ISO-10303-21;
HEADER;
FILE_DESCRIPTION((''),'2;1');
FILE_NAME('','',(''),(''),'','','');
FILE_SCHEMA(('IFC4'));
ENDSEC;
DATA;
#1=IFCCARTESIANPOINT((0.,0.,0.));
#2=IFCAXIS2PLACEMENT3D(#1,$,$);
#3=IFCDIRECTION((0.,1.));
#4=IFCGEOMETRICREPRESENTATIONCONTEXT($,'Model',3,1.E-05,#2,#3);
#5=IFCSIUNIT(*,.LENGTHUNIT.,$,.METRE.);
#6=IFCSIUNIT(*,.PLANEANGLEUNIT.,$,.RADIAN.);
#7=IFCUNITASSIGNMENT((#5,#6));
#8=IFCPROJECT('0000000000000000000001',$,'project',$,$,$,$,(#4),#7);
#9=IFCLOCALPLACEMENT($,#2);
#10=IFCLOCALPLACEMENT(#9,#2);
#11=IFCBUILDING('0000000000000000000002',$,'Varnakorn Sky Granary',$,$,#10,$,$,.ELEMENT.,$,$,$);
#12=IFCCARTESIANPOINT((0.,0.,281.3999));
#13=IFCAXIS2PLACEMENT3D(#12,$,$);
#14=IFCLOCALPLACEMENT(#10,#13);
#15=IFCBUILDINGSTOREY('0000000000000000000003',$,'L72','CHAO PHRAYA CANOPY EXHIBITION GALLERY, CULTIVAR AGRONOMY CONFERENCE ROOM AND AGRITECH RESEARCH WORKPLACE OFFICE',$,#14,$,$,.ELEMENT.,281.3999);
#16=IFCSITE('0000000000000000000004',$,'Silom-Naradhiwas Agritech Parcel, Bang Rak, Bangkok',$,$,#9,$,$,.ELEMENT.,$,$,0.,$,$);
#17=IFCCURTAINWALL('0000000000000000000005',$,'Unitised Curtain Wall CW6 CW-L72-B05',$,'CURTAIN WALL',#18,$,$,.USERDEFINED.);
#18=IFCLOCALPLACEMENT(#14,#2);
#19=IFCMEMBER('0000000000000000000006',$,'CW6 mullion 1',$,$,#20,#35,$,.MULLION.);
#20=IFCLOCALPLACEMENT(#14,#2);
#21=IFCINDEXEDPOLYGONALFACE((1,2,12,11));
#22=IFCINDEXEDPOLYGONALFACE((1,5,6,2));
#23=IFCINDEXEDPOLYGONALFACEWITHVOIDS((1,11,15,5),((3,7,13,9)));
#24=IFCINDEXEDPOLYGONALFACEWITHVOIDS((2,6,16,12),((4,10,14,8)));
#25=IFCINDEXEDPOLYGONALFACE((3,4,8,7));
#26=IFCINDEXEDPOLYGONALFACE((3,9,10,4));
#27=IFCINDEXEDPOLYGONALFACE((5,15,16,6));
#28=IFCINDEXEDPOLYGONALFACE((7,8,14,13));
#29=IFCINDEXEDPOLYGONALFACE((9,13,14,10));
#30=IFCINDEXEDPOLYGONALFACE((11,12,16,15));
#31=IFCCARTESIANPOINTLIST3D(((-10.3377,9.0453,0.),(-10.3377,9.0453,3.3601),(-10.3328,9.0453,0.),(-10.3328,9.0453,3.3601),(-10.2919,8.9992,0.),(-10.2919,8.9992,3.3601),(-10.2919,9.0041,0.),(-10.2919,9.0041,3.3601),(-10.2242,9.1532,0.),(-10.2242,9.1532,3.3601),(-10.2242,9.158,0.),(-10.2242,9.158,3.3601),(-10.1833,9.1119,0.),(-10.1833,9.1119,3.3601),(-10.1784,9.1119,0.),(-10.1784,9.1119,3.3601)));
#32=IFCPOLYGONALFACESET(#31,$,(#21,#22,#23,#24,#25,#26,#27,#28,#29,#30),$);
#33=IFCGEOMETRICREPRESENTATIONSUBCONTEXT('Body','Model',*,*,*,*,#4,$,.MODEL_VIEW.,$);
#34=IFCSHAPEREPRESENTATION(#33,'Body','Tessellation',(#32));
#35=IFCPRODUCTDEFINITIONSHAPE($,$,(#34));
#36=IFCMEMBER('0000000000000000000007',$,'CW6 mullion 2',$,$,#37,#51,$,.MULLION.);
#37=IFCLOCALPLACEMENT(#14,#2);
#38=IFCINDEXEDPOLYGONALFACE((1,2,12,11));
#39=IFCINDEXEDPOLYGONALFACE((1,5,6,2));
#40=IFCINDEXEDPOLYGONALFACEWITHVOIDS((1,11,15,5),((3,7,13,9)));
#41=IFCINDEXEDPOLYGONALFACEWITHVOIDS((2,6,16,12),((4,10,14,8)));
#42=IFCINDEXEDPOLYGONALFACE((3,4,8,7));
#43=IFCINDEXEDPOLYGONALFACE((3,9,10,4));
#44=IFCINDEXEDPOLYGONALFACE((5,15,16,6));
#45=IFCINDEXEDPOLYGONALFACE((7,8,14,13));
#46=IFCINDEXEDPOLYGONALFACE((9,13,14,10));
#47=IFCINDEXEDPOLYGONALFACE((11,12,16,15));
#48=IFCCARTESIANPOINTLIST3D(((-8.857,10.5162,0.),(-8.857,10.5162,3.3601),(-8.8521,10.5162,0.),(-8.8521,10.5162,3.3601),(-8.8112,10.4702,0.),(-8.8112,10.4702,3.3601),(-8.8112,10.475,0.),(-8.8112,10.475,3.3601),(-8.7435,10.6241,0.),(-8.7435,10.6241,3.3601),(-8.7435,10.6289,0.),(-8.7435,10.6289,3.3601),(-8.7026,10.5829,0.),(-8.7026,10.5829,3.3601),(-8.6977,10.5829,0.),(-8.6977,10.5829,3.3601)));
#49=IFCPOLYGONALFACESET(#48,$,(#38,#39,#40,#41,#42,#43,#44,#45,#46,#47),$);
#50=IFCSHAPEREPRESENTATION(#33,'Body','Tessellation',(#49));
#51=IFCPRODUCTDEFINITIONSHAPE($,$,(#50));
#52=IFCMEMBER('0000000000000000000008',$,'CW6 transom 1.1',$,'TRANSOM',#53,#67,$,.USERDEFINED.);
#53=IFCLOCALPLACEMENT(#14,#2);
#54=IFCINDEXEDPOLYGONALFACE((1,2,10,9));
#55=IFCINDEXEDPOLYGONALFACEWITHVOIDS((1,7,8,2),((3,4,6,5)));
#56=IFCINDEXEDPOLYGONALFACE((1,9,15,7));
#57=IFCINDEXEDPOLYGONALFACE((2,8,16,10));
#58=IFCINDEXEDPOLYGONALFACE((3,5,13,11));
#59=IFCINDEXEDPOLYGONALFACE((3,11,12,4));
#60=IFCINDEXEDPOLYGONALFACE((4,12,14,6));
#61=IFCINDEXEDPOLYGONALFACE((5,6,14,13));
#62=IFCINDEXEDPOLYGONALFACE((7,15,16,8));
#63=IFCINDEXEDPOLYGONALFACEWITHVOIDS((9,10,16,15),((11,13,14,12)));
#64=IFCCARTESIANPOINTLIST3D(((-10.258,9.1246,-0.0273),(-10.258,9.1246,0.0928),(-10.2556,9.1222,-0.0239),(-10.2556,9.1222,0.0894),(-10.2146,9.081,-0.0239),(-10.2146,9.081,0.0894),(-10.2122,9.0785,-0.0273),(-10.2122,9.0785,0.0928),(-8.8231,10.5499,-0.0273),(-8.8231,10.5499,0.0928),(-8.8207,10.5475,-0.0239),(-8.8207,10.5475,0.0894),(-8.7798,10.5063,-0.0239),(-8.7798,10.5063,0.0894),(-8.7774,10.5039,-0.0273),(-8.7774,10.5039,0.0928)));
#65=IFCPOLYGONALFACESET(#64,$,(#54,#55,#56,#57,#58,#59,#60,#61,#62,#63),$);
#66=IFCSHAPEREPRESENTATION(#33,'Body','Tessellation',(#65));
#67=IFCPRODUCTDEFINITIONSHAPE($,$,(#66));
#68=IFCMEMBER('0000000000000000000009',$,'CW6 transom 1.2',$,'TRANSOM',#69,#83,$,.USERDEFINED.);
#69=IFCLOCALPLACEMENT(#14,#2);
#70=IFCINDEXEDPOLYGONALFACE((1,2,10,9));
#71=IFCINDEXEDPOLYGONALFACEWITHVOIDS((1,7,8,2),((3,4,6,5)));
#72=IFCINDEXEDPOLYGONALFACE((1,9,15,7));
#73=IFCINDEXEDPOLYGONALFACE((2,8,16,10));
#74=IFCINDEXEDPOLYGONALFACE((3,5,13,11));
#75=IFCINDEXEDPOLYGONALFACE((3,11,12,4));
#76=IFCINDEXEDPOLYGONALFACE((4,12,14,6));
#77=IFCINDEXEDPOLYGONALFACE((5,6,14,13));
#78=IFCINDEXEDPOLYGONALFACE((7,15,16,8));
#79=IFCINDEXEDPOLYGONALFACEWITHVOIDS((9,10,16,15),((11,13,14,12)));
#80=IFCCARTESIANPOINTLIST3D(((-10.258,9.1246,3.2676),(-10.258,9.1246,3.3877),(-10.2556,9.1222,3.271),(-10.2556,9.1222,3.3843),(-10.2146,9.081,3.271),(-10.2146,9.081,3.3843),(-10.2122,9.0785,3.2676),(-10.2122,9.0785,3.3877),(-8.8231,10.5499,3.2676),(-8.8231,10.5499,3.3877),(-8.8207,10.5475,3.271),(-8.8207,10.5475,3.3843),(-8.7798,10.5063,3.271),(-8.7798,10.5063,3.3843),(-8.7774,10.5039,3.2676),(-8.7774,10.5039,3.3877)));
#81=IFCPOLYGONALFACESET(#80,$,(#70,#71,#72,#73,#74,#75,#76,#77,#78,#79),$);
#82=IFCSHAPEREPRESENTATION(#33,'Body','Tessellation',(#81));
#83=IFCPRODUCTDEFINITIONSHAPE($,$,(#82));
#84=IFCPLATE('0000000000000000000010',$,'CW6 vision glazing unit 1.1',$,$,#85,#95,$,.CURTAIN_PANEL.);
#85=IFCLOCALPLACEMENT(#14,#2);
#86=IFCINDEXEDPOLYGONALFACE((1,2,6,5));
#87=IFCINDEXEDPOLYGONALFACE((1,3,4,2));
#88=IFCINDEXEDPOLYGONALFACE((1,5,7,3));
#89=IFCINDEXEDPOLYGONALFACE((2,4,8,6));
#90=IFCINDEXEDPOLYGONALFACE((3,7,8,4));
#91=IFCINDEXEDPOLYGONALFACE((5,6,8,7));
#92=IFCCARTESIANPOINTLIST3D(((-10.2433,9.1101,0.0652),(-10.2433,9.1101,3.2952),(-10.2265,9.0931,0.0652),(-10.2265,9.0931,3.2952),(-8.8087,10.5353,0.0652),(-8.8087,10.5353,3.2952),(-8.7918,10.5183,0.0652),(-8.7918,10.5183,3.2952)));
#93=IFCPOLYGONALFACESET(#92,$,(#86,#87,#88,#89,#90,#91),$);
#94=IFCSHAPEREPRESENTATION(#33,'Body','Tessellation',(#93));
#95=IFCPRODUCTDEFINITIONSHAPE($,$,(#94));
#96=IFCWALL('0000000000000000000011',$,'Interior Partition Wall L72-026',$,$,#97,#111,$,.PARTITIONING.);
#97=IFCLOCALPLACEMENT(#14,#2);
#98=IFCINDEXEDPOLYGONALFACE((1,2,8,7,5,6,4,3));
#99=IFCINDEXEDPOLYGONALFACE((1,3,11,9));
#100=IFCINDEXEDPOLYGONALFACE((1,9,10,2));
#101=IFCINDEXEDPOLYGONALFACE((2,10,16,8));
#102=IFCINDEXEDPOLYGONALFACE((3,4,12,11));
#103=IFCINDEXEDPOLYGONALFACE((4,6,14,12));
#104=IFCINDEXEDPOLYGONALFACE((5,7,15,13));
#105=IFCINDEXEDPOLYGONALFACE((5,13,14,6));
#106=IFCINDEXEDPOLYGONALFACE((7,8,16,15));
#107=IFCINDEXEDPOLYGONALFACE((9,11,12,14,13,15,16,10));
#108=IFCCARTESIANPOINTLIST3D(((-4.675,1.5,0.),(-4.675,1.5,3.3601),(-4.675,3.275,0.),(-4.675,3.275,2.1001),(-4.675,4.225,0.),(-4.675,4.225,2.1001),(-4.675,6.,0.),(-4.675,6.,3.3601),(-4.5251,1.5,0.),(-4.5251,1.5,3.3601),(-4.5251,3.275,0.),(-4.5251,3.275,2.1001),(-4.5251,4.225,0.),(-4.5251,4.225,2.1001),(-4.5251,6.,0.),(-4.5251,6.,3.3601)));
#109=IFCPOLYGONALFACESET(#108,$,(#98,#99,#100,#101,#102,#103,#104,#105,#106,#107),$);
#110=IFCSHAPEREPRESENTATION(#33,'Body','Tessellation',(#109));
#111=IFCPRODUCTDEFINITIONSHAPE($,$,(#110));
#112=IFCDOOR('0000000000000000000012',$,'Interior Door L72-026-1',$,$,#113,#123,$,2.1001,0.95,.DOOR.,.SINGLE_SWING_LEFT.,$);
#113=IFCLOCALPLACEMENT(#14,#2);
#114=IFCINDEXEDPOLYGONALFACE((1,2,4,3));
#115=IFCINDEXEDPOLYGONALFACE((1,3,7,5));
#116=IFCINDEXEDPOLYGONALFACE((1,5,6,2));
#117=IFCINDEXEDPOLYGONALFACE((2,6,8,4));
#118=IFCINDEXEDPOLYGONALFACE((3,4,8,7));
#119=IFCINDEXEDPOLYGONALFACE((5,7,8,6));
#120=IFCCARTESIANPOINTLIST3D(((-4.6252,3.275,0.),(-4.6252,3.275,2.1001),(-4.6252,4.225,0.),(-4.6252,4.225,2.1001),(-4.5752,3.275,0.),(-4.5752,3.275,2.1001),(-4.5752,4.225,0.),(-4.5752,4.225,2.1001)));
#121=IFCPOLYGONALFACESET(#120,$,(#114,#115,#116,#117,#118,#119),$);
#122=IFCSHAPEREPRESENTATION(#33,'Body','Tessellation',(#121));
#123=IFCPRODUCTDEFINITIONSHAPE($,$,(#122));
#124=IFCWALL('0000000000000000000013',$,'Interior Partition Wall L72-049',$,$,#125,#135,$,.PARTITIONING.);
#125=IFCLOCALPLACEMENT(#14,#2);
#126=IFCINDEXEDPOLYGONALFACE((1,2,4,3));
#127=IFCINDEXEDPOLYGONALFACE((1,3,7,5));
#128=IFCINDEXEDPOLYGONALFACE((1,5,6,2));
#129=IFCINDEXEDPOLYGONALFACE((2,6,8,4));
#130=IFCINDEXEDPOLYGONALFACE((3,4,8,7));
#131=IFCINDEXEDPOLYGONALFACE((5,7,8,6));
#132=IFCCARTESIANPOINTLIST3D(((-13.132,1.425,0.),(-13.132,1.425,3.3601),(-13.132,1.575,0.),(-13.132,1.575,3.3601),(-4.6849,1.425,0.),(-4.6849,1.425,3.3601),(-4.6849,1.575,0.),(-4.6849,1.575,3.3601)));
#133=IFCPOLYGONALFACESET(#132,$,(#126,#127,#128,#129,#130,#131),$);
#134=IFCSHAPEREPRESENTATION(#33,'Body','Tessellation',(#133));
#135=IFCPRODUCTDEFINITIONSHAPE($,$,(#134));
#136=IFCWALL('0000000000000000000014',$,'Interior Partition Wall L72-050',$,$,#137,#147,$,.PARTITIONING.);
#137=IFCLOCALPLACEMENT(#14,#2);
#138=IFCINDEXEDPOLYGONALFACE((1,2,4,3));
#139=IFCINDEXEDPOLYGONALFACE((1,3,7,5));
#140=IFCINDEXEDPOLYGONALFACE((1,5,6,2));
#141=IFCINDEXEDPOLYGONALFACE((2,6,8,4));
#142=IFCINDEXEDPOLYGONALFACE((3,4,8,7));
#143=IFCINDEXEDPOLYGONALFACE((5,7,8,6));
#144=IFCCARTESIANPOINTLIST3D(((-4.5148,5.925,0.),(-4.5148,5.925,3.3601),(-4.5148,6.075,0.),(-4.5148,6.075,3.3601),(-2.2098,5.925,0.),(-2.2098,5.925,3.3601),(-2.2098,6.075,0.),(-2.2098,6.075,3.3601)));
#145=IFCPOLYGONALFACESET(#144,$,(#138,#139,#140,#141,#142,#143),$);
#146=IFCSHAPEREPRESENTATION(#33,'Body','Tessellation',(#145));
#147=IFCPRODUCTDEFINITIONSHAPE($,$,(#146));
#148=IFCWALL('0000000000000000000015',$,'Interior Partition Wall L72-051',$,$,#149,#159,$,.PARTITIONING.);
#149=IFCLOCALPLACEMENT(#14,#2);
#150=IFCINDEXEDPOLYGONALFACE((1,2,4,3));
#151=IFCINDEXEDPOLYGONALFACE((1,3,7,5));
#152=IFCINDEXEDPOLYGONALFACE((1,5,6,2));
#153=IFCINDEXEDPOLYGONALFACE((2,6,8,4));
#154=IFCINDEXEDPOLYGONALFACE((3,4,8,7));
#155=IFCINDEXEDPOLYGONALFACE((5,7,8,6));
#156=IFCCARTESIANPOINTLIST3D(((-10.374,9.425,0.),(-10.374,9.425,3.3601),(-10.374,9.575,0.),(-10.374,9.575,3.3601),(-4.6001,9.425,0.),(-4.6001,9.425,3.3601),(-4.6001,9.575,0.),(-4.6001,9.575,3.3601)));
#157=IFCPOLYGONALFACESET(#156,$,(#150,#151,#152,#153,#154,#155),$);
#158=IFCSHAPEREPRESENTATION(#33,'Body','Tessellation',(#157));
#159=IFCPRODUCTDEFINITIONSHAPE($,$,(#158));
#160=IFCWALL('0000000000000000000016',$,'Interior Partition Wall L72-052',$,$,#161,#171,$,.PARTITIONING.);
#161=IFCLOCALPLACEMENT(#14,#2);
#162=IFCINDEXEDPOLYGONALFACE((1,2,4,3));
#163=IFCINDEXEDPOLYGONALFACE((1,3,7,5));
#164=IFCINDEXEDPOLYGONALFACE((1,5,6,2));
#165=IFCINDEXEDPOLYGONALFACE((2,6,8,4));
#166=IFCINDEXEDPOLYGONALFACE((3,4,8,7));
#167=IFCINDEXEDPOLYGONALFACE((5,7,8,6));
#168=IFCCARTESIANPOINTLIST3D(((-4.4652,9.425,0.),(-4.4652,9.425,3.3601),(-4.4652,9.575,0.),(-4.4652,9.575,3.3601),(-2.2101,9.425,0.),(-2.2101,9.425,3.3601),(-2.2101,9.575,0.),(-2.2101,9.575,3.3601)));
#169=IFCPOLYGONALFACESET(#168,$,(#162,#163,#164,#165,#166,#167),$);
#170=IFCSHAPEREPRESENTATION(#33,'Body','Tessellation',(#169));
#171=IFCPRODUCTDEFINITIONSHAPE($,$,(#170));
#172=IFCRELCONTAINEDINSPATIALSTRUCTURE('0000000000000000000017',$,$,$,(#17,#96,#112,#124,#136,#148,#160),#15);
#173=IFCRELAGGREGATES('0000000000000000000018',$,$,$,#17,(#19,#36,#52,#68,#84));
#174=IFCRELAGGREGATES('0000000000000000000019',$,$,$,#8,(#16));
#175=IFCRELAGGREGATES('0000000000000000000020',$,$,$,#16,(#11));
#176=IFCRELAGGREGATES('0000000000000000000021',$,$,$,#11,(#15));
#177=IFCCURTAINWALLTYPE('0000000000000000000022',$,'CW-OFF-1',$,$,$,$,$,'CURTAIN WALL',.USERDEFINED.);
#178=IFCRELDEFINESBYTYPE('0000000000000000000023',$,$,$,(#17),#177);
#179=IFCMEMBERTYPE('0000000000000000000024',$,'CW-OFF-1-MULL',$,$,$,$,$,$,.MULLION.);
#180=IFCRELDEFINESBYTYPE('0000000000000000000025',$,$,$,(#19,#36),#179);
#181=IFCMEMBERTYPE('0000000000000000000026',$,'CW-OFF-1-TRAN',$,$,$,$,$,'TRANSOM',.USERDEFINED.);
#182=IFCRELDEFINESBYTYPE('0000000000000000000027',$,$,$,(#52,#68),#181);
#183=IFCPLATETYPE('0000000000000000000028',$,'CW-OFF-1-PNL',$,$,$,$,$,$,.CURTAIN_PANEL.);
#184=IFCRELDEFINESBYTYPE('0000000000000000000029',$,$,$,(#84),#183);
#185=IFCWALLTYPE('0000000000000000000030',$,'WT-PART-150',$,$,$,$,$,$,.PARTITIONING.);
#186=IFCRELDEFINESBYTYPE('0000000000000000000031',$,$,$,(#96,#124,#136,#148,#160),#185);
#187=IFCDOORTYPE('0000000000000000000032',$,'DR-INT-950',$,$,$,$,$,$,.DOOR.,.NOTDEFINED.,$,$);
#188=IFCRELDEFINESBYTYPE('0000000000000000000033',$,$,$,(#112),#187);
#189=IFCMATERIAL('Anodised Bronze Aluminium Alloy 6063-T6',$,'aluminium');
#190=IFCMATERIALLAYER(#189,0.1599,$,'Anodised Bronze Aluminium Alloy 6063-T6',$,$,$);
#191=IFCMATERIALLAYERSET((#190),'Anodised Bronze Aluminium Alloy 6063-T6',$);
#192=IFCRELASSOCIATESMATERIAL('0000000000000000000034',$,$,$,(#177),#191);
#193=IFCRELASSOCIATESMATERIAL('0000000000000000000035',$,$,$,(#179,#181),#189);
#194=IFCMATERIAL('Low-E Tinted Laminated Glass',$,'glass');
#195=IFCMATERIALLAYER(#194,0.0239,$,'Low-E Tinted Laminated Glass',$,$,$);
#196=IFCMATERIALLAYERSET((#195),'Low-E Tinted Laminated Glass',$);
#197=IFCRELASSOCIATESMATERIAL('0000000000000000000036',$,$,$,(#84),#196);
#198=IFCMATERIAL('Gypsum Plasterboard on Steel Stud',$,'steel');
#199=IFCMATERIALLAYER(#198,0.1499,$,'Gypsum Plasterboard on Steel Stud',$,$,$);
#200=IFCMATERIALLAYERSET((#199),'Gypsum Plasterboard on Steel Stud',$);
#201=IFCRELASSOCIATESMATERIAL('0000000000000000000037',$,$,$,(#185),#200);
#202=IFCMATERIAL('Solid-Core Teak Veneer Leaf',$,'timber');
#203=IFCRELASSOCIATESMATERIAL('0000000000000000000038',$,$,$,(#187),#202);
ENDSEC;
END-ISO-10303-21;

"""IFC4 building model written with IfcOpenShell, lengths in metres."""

from ifc_helpers import new_model, si_unit, direction, frame, frame_2d, origin, origin_2d, place, context, subcontext, project, spatial, rectangle, hollow_rectangle, extrude, source, transform, mapped, material, layer, layer_set, material_profile, profile_set, type_object, type_shapes, element, fill, aggregate, save


model = new_model("IFC4")

# Units and contexts
model_context = context("Model", 3, precision=1e-05, world=origin(), true_north=direction((0.0, 1.0)))
body_context = subcontext(model_context, "Body", "Model", "MODEL_VIEW")
ifc_project = project(units=[si_unit("LENGTHUNIT", "METRE"), si_unit("PLANEANGLEUNIT", "RADIAN")], contexts=[model_context])

# Site, building, storey
site_placement = place(None, origin())
site = spatial("IfcSite", under=ifc_project, at=site_placement, Name="Silom-Naradhiwas Agritech Parcel, Bang Rak, Bangkok", CompositionType="ELEMENT", RefElevation=0.0)
building_placement = place(site_placement, origin())
building = spatial("IfcBuilding", under=site, at=building_placement, Name="Varnakorn Sky Granary", CompositionType="ELEMENT")
storey_placement = place(building_placement, frame((0.0, 0.0, 281.3999)))
storey = spatial("IfcBuildingStorey", under=building, at=storey_placement, Name="L72", Description="CHAO PHRAYA CANOPY EXHIBITION GALLERY, CULTIVAR AGRONOMY CONFERENCE ROOM AND AGRITECH RESEARCH WORKPLACE OFFICE", CompositionType="ELEMENT", Elevation=281.3999)

# Curtain wall, members, plate
ifc_material_1 = material(Name="Anodised Bronze Aluminium Alloy 6063-T6", Category="aluminium")
ifc_layer_1 = layer(ifc_material_1, 0.1599, Name="Anodised Bronze Aluminium Alloy 6063-T6")
ifc_layer_set_1 = layer_set([ifc_layer_1], Name="Anodised Bronze Aluminium Alloy 6063-T6")
curtain_wall_type = type_object("IfcCurtainWallType", Name="CW-OFF-1", ElementType="CURTAIN WALL", PredefinedType="USERDEFINED", material=ifc_layer_set_1)
curtain_wall_placement = place(storey_placement, origin())
curtain_wall = element("IfcCurtainWall", 1, at=curtain_wall_placement, inside=storey, type_object=curtain_wall_type, Name="Unitised Curtain Wall CW6 CW-L72-B05", ObjectType="CURTAIN WALL", PredefinedType="USERDEFINED")
ifc_material_profile_1 = material_profile(ifc_material_1, hollow_rectangle(XDim=0.0649, YDim=0.1599, WallThickness=0.0034, at=origin_2d()), Name="ALU MULL 65x160")
ifc_profile_set_1 = profile_set([ifc_material_profile_1], Name="Anodised Bronze Aluminium Alloy 6063-T6")
member_type_1 = type_object("IfcMemberType", Name="CW-OFF-1-MULL", PredefinedType="MULLION", material=ifc_profile_set_1)
member_1_placement = place(storey_placement, frame((-10.2581, 9.0786, 0.0), z_axis=(0.0, 0.0, 1.0), x_axis=(-0.704762, 0.709444, 0.0)))
member_1 = element("IfcMember", 2, at=member_1_placement, type_object=member_type_1, Name="CW6 mullion 1", PredefinedType="MULLION", context=body_context, shape_type="SweptSolid", body=[
    extrude(hollow_rectangle(XDim=0.0649, YDim=0.1599, WallThickness=0.0034, at=origin_2d()), origin(), (0.0, 0.0, 1.0), 3.3601),
])
member_2_placement = place(storey_placement, frame((-8.7773, 10.5496, 0.0), z_axis=(0.0, 0.0, 1.0), x_axis=(-0.704762, 0.709444, 0.0)))
member_2 = element("IfcMember", 3, at=member_2_placement, type_object=member_type_1, Name="CW6 mullion 2", PredefinedType="MULLION", context=body_context, shape_type="SweptSolid", body=[
    extrude(hollow_rectangle(XDim=0.0649, YDim=0.1599, WallThickness=0.0034, at=origin_2d()), origin(), (0.0, 0.0, 1.0), 3.3601),
])
ifc_material_profile_2 = material_profile(ifc_material_1, hollow_rectangle(XDim=0.0649, YDim=0.1201, WallThickness=0.0034, at=origin_2d()), Name="ALU TRAN 65x120")
ifc_profile_set_2 = profile_set([ifc_material_profile_2], Name="Anodised Bronze Aluminium Alloy 6063-T6")
member_type_2 = type_object("IfcMemberType", Name="CW-OFF-1-TRAN", ElementType="TRANSOM", PredefinedType="USERDEFINED", material=ifc_profile_set_2)
member_3_placement = place(storey_placement, frame((-10.2351, 9.1016, 0.0327), z_axis=(0.709457, 0.704749, 0.0), x_axis=(-0.704749, 0.709457, 0.0)))
member_3 = element("IfcMember", 4, at=member_3_placement, type_object=member_type_2, Name="CW6 transom 1.1", ObjectType="TRANSOM", PredefinedType="USERDEFINED", context=body_context, shape_type="SweptSolid", body=[
    extrude(hollow_rectangle(XDim=0.0649, YDim=0.1201, WallThickness=0.0034, at=origin_2d()), origin(), (0.0, 0.0, 1.0), 2.0225),
])
member_4_placement = place(storey_placement, frame((-10.2351, 9.1016, 3.3276), z_axis=(0.709457, 0.704749, 0.0), x_axis=(-0.704749, 0.709457, 0.0)))
member_4 = element("IfcMember", 5, at=member_4_placement, type_object=member_type_2, Name="CW6 transom 1.2", ObjectType="TRANSOM", PredefinedType="USERDEFINED", context=body_context, shape_type="SweptSolid", body=[
    extrude(hollow_rectangle(XDim=0.0649, YDim=0.1201, WallThickness=0.0034, at=origin_2d()), origin(), (0.0, 0.0, 1.0), 2.0225),
])
ifc_material_2 = material(Name="Low-E Tinted Laminated Glass", Category="glass")
ifc_layer_2 = layer(ifc_material_2, 0.0239, Name="Low-E Tinted Laminated Glass")
ifc_layer_set_2 = layer_set([ifc_layer_2], Name="Low-E Tinted Laminated Glass")
plate_type = type_object("IfcPlateType", Name="CW-OFF-1-PNL", PredefinedType="CURTAIN_PANEL")
shared_shape_1 = source(origin(), body_context, "Body", "SweptSolid", [
    extrude(rectangle(XDim=2.0222, YDim=0.0239, at=origin_2d()), origin(), (0.0, 0.0, 1.0), 3.23),
])
type_shapes(plate_type, [shared_shape_1])
plate_placement = place(storey_placement, frame((-9.5176, 9.8142, 0.0652), z_axis=(0.0, 0.0, 1.0), x_axis=(0.709444, 0.704762, 0.0)))
plate = element("IfcPlate", 6, at=plate_placement, type_object=plate_type, material=ifc_layer_set_2, Name="CW6 vision glazing unit 1.1", PredefinedType="CURTAIN_PANEL", context=body_context, shape_type="MappedRepresentation", body=[
    mapped(shared_shape_1, transform((0.0, 0.0, 0.0), x_axis=(1.0, 0.0, 0.0), y_axis=(0.0, 1.0, 0.0), z_axis=(0.0, 0.0, 1.0), scale=1.0)),
])
aggregate(curtain_wall, [member_1, member_2, member_3, member_4, plate])

# Wall, opening, door
ifc_material_3 = material(Name="Gypsum Plasterboard on Steel Stud", Category="steel")
ifc_layer_3 = layer(ifc_material_3, 0.1499, Name="Gypsum Plasterboard on Steel Stud")
ifc_layer_set_3 = layer_set([ifc_layer_3], Name="Gypsum Plasterboard on Steel Stud")
wall_type_1 = type_object("IfcWallType", Name="WT-PART-150", PredefinedType="PARTITIONING", material=ifc_layer_set_3)
wall_1_placement = place(storey_placement, frame((-4.6001, 6.0, 0.0), z_axis=(0.0, 0.0, 1.0), x_axis=(0.0, -1.0, 0.0)))
wall_1 = element("IfcWall", 7, at=wall_1_placement, inside=storey, type_object=wall_type_1, Name="Interior Partition Wall L72-026", PredefinedType="PARTITIONING", context=body_context, shape_type="SweptSolid", body=[
    extrude(rectangle(XDim=4.5, YDim=0.1499, at=frame_2d((2.25, 0.0))), origin(), (0.0, 0.0, 1.0), 3.3601),
])
opening_placement = place(wall_1_placement, frame((1.7749, 0.0, 0.0)))
opening = element("IfcOpeningElement", 8, at=opening_placement, cuts=wall_1, PredefinedType="OPENING", context=body_context, shape_type="SweptSolid", body=[
    extrude(rectangle(XDim=0.95, YDim=2.1001, at=frame_2d((0.4751, 1.05))), frame((0.0, 0.085, 0.0), z_axis=(0.0, -1.0, 0.0), x_axis=(1.0, 0.0, 0.0)), (0.0, 0.0, 1.0), 0.1699),
])
ifc_material_4 = material(Name="Solid-Core Teak Veneer Leaf", Category="timber")
door_type = type_object("IfcDoorType", Name="DR-INT-950", OperationType="NOTDEFINED", PredefinedType="DOOR", material=ifc_material_4)
door_placement = place(opening_placement, origin())
door = element("IfcDoor", 9, at=door_placement, inside=storey, type_object=door_type, Name="Interior Door L72-026-1", OperationType="SINGLE_SWING_LEFT", OverallHeight=2.1001, OverallWidth=0.95, PredefinedType="DOOR", context=body_context, shape_type="SweptSolid", body=[
    extrude(rectangle(XDim=0.95, YDim=2.1001, at=frame_2d((0.4751, 1.05))), frame((0.0, 0.0249, 0.0), z_axis=(0.0, -1.0, 0.0), x_axis=(1.0, 0.0, 0.0)), (0.0, 0.0, 1.0), 0.05),
])
fill(opening, door)

# Walls
wall_2_placement = place(storey_placement, frame((-13.1321, 1.5, 0.0), z_axis=(0.0, 0.0, 1.0), x_axis=(1.0, 0.0, 0.0)))
element("IfcWall", 10, at=wall_2_placement, inside=storey, type_object=wall_type_1, Name="Interior Partition Wall L72-049", PredefinedType="PARTITIONING", context=body_context, shape_type="SweptSolid", body=[
    extrude(rectangle(XDim=8.447, YDim=0.1499, at=frame_2d((4.2236, 0.0))), origin(), (0.0, 0.0, 1.0), 3.3601),
])
wall_3_placement = place(storey_placement, frame((-2.21, 6.0, 0.0), z_axis=(0.0, 0.0, 1.0), x_axis=(-1.0, 0.0, 0.0)))
element("IfcWall", 11, at=wall_3_placement, inside=storey, type_object=wall_type_1, Name="Interior Partition Wall L72-050", PredefinedType="PARTITIONING", context=body_context, shape_type="SweptSolid", body=[
    extrude(rectangle(XDim=2.3049, YDim=0.1499, at=frame_2d((1.1523, 0.0))), origin(), (0.0, 0.0, 1.0), 3.3601),
])
wall_4_placement = place(storey_placement, frame((-10.374, 9.5, 0.0), z_axis=(0.0, 0.0, 1.0), x_axis=(1.0, 0.0, 0.0)))
element("IfcWall", 12, at=wall_4_placement, inside=storey, type_object=wall_type_1, Name="Interior Partition Wall L72-051", PredefinedType="PARTITIONING", context=body_context, shape_type="SweptSolid", body=[
    extrude(rectangle(XDim=5.7739, YDim=0.1499, at=frame_2d((2.887, 0.0))), origin(), (0.0, 0.0, 1.0), 3.3601),
])
wall_5_placement = place(storey_placement, frame((-4.4651, 9.5, 0.0), z_axis=(0.0, 0.0, 1.0), x_axis=(1.0, 0.0, 0.0)))
element("IfcWall", 13, at=wall_5_placement, inside=storey, type_object=wall_type_1, Name="Interior Partition Wall L72-052", PredefinedType="PARTITIONING", context=body_context, shape_type="SweptSolid", body=[
    extrude(rectangle(XDim=2.2551, YDim=0.1499, at=frame_2d((1.1274, 0.0))), origin(), (0.0, 0.0, 1.0), 3.3601),
])

save(model, "model.ifc")
